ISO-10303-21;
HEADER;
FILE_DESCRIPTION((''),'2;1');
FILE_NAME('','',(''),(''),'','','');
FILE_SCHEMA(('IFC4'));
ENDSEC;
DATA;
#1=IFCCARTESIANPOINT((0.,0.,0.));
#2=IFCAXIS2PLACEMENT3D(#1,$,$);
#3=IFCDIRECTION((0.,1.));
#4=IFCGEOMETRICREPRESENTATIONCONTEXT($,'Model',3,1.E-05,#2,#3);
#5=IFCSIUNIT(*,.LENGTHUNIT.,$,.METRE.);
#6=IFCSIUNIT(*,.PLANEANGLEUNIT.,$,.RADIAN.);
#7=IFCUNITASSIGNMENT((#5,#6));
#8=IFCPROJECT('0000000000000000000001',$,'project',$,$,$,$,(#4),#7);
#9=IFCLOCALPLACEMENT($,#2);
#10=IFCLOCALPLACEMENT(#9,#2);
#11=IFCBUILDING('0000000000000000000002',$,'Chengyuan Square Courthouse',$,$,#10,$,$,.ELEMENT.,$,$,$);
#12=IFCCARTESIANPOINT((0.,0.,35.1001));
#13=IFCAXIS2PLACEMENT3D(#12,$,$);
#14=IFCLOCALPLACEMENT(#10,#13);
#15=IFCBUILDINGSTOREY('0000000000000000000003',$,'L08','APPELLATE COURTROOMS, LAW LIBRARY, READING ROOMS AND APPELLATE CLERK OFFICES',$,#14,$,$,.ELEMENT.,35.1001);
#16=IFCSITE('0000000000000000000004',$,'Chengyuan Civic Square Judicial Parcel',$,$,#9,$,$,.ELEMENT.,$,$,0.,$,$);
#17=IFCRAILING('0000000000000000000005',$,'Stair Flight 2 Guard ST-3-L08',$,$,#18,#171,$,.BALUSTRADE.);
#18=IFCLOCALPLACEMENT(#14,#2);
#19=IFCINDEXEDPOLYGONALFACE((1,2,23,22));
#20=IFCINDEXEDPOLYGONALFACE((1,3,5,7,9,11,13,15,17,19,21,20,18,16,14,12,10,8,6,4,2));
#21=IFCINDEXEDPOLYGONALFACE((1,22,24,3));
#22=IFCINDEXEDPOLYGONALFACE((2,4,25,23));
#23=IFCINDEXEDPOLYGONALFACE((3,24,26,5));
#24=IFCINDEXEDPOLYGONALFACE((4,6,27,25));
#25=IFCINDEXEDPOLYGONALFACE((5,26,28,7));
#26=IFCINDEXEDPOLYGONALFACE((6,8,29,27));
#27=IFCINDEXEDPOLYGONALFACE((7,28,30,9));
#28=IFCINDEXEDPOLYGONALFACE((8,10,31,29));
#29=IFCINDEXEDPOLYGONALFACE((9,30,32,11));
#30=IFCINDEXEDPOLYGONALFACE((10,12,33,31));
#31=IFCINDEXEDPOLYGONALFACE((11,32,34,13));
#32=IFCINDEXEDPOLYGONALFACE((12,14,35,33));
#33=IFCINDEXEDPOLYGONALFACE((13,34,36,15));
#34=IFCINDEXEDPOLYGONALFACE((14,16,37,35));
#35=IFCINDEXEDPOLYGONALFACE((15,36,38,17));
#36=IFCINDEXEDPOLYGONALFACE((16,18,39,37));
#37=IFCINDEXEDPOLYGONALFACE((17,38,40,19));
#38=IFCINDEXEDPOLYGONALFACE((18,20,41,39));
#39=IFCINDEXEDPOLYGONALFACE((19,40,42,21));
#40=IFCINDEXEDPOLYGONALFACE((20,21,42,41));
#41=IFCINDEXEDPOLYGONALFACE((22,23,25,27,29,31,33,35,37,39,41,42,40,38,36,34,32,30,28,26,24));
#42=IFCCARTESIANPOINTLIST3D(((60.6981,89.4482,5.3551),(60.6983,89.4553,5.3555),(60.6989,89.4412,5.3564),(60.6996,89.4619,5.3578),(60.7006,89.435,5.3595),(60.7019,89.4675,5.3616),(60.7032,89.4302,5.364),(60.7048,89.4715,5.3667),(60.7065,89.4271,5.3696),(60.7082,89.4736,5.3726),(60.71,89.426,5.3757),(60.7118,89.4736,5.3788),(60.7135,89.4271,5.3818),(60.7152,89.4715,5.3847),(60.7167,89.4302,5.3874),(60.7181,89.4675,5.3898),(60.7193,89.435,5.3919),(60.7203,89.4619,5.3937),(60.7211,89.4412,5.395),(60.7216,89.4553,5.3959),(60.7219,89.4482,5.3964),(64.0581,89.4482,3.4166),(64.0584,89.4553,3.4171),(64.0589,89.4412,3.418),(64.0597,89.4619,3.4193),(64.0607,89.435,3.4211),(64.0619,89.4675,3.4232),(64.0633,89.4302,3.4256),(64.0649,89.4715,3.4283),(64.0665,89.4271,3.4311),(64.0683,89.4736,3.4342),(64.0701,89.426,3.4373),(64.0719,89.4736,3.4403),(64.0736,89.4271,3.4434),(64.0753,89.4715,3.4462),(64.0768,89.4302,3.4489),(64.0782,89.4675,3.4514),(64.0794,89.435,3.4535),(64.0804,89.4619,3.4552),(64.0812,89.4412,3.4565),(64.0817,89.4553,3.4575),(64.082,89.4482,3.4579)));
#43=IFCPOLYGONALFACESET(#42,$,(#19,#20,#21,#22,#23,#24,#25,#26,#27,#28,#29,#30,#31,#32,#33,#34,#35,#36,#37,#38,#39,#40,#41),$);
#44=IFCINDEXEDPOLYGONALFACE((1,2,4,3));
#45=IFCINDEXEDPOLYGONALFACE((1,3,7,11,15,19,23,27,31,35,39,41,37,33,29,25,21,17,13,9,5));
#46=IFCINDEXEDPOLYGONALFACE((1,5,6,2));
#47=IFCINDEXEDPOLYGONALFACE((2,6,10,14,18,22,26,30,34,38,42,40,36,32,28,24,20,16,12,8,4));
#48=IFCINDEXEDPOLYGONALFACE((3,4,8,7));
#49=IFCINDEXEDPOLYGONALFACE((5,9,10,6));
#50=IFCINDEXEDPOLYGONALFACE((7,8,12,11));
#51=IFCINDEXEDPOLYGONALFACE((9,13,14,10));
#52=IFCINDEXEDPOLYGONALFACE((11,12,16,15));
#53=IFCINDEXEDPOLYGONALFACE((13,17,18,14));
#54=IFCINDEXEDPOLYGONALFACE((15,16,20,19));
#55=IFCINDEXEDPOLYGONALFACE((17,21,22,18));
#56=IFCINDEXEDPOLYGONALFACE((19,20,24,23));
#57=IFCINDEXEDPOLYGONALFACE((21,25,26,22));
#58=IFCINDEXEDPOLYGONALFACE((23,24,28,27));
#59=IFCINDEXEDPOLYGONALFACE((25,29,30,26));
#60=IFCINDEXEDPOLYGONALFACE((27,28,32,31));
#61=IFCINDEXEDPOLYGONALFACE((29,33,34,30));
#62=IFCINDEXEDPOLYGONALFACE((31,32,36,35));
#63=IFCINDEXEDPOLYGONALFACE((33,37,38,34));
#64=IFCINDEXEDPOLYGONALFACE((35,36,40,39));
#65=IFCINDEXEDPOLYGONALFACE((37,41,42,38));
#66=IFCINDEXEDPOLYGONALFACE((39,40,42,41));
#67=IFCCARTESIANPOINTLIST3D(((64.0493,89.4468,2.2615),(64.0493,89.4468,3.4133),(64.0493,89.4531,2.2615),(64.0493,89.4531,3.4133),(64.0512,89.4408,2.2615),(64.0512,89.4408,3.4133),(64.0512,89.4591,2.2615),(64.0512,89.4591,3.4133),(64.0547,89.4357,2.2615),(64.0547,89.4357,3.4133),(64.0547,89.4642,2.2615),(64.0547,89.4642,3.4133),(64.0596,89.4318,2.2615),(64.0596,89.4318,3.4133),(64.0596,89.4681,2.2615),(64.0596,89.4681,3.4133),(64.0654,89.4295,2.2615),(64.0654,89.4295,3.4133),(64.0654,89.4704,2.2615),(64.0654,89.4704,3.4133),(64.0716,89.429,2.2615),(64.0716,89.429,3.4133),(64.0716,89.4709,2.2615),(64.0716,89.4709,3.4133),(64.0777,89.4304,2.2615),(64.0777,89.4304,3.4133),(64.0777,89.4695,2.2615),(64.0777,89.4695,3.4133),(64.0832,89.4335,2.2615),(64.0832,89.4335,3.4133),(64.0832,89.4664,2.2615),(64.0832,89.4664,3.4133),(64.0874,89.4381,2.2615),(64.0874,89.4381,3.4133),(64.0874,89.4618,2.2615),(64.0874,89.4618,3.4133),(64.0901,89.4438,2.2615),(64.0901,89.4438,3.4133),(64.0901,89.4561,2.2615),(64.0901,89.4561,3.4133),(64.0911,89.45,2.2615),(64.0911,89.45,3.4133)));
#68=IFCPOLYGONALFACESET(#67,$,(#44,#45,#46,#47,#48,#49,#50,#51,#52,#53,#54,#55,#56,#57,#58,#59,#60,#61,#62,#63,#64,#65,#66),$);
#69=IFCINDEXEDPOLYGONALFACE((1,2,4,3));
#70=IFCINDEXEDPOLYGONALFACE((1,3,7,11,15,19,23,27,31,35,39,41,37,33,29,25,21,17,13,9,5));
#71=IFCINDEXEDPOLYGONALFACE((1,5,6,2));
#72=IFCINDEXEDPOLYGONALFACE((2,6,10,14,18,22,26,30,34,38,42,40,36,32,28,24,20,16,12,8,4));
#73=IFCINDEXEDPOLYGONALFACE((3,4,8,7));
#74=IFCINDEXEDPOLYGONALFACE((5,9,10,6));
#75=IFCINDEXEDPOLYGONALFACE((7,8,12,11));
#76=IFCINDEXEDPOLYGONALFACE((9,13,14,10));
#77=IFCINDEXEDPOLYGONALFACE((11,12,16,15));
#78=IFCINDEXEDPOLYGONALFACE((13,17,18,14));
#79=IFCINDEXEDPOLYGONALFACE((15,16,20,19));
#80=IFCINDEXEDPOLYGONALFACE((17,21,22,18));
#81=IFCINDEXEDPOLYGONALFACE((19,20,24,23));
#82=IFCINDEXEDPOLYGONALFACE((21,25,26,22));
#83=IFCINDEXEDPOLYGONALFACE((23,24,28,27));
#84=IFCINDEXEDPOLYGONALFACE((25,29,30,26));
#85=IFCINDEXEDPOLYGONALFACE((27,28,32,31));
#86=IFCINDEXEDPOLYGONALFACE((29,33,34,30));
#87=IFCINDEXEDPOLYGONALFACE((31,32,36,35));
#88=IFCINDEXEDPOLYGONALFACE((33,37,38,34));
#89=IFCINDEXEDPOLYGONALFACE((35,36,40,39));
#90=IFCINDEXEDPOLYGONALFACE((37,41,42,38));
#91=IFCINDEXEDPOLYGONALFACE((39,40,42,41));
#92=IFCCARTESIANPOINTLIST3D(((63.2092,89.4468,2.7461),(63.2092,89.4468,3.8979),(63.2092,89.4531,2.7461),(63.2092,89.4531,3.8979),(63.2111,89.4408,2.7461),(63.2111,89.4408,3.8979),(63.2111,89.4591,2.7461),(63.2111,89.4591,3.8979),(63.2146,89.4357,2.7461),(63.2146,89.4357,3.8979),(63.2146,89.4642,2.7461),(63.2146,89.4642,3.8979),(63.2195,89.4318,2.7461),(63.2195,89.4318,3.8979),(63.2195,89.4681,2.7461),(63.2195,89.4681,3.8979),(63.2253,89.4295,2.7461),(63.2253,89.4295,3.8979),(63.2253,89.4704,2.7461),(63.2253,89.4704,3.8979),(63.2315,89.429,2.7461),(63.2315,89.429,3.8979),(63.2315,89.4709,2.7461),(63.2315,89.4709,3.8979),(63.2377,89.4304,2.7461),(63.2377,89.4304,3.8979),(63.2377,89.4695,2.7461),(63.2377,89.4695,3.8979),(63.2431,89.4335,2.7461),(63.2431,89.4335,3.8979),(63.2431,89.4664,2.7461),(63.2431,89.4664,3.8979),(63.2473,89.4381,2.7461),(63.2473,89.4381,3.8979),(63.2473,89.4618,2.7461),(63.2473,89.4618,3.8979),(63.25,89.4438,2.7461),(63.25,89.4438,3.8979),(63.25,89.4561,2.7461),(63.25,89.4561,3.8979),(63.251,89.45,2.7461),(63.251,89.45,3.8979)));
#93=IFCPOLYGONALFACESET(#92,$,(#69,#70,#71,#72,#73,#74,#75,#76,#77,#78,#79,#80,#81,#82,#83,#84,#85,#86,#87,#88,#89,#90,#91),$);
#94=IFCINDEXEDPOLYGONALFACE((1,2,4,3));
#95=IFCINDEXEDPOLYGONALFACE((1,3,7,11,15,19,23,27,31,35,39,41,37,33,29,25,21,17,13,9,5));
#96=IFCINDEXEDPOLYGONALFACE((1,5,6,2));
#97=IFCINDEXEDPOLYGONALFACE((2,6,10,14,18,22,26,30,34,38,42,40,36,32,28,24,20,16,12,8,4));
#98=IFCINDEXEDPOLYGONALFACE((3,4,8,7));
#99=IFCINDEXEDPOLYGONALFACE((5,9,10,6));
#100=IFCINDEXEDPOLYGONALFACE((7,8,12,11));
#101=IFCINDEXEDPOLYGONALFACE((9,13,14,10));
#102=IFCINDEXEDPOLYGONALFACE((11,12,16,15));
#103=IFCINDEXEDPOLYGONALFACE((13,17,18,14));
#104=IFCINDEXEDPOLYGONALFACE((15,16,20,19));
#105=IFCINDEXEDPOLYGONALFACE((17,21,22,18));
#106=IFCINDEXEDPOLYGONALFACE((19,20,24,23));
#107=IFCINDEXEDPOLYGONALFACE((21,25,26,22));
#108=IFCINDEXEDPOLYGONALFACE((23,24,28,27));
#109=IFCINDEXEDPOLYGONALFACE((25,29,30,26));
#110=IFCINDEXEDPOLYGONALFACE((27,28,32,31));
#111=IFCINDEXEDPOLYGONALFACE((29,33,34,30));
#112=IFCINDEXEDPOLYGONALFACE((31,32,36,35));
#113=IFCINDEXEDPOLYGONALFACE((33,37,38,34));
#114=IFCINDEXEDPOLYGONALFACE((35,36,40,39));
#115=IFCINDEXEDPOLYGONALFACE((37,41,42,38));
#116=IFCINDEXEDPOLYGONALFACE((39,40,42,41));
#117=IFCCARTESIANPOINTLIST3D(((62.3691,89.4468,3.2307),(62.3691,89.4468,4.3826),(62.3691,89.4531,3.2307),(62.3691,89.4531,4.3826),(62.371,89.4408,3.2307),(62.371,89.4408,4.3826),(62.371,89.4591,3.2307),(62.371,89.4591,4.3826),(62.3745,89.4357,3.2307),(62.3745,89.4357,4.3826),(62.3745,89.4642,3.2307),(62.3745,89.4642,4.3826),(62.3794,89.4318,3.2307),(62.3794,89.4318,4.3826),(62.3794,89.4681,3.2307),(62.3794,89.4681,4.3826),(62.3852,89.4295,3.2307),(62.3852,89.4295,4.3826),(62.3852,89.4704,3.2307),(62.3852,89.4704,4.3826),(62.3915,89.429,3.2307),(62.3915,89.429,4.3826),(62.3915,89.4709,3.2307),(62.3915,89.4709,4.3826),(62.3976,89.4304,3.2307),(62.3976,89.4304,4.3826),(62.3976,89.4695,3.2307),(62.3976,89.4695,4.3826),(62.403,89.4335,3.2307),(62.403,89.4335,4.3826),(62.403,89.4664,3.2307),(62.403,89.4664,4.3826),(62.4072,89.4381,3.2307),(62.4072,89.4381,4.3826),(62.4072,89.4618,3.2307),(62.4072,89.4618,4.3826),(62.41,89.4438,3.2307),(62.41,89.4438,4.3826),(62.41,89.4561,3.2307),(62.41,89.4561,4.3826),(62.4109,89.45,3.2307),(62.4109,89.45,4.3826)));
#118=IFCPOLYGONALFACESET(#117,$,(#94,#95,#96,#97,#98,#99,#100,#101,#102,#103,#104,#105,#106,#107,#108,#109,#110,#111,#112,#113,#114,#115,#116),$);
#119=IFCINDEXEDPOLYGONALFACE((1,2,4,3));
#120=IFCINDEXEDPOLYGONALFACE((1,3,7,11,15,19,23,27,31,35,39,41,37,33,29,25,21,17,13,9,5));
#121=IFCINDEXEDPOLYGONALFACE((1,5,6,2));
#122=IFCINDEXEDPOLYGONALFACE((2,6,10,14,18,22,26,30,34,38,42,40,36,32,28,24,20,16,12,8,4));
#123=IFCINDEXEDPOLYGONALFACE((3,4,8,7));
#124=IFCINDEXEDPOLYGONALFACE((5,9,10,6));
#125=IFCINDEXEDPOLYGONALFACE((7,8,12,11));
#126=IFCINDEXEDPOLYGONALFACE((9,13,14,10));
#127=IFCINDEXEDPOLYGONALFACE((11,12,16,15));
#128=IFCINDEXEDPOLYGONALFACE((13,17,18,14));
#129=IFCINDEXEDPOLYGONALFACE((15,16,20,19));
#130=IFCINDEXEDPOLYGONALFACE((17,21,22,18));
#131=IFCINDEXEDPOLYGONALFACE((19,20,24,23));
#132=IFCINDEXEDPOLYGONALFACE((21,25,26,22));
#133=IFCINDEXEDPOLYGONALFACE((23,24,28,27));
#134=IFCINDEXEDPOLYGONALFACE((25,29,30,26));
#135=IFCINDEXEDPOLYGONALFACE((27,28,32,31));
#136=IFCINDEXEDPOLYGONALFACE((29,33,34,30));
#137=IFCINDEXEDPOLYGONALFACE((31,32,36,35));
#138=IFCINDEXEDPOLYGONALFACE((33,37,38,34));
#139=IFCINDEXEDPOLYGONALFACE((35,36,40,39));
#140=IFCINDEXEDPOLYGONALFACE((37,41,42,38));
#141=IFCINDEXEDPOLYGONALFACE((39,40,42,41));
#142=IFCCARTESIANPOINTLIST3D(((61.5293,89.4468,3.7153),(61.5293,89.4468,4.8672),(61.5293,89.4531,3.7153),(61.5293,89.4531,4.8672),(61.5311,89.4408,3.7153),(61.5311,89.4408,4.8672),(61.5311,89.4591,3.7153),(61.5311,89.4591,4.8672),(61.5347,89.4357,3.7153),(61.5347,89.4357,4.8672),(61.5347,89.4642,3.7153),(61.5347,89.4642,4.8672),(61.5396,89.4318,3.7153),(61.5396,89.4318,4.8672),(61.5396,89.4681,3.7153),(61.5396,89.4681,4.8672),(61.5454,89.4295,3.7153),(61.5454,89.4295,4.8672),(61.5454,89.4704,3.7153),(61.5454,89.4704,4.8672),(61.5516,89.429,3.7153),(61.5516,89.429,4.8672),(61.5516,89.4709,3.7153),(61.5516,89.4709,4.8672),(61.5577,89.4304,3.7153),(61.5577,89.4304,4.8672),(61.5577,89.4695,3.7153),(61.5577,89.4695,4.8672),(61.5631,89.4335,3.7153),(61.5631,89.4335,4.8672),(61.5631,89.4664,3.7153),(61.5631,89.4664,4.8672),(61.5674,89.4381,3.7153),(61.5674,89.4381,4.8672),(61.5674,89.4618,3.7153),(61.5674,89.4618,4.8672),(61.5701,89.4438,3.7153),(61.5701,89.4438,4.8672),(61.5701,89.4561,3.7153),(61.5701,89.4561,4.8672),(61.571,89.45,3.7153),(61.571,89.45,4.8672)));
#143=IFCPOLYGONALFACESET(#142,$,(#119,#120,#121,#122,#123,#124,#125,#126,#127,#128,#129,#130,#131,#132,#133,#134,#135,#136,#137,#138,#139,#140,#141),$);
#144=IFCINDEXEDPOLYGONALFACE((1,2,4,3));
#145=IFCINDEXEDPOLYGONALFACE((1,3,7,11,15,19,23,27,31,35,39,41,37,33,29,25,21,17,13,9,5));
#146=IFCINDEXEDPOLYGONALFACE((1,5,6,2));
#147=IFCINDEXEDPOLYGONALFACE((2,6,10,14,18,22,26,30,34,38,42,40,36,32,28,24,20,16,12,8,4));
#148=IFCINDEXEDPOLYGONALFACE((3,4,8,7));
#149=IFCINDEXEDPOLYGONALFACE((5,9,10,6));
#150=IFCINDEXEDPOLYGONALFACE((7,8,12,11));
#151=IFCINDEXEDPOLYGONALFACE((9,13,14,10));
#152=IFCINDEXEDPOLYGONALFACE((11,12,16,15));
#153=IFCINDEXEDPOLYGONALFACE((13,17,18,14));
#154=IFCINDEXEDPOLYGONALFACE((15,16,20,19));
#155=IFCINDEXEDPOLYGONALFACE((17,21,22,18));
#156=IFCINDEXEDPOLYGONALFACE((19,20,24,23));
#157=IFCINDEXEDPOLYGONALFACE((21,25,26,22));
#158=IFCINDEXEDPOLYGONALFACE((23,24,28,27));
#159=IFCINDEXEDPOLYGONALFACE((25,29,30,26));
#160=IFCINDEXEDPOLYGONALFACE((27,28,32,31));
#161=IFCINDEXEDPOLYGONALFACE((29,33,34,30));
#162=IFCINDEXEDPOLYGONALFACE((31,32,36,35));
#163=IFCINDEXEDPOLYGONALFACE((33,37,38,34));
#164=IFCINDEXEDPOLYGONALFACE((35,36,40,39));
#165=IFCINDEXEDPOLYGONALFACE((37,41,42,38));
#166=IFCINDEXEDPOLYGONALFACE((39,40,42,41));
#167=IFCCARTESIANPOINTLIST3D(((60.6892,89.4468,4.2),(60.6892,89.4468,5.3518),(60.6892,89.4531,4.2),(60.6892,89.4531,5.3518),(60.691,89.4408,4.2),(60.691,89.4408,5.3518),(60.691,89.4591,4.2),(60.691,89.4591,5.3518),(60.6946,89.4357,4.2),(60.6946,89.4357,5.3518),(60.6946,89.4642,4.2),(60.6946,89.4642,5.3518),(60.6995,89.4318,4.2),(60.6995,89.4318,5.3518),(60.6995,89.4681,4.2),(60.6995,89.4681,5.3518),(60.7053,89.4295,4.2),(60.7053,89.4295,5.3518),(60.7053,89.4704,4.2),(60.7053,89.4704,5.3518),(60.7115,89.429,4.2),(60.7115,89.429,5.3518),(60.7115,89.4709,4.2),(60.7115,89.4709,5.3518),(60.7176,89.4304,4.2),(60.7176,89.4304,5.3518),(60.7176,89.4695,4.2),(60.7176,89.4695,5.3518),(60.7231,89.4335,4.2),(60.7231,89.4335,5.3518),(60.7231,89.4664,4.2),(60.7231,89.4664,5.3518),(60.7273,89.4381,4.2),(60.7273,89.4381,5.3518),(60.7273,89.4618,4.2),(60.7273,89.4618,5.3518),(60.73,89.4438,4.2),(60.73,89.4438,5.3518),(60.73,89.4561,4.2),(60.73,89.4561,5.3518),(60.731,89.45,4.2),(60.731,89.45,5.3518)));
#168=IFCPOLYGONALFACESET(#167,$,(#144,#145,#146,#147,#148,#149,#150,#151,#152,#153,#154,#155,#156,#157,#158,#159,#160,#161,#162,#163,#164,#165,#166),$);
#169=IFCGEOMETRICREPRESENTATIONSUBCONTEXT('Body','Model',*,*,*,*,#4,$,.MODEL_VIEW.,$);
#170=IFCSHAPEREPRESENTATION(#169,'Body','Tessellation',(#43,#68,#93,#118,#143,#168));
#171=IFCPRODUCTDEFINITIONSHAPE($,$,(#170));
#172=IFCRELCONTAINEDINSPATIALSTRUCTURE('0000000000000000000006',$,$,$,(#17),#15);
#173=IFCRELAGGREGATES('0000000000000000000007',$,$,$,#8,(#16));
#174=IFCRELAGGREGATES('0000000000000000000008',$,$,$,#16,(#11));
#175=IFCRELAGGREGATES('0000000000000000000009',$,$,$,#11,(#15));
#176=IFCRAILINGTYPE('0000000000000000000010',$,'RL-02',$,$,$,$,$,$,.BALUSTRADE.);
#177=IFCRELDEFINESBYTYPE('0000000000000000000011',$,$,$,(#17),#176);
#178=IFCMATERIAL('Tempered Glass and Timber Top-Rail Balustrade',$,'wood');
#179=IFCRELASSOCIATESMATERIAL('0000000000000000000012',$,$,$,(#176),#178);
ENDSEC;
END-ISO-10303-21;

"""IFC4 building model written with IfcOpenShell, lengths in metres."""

from ifc_helpers import new_model, si_unit, direction, frame, origin, origin_2d, place, context, subcontext, project, spatial, circle, extrude, material, type_object, element, save


model = new_model("IFC4")

# Units and contexts
model_context = context("Model", 3, precision=1e-05, world=origin(), true_north=direction((0.0, 1.0)))
body_context = subcontext(model_context, "Body", "Model", "MODEL_VIEW")
ifc_project = project(units=[si_unit("LENGTHUNIT", "METRE"), si_unit("PLANEANGLEUNIT", "RADIAN")], contexts=[model_context])

# Site, building, storey
site_placement = place(None, origin())
site = spatial("IfcSite", under=ifc_project, at=site_placement, Name="Chengyuan Civic Square Judicial Parcel", CompositionType="ELEMENT", RefElevation=0.0)
building_placement = place(site_placement, origin())
building = spatial("IfcBuilding", under=site, at=building_placement, Name="Chengyuan Square Courthouse", CompositionType="ELEMENT")
storey_placement = place(building_placement, frame((0.0, 0.0, 35.1001)))
storey = spatial("IfcBuildingStorey", under=building, at=storey_placement, Name="L08", Description="APPELLATE COURTROOMS, LAW LIBRARY, READING ROOMS AND APPELLATE CLERK OFFICES", CompositionType="ELEMENT", Elevation=35.1001)

# Railing
ifc_material_1 = material(Name="Tempered Glass and Timber Top-Rail Balustrade", Category="wood")
railing_type_1 = type_object("IfcRailingType", Name="RL-02", PredefinedType="BALUSTRADE", material=ifc_material_1)
railing_1_placement = place(storey_placement, frame((64.0701, 89.45, 2.2615)))
element("IfcRailing", 1, at=railing_1_placement, inside=storey, type_object=railing_type_1, Name="Stair Flight 2 Guard ST-3-L08", PredefinedType="BALUSTRADE", context=body_context, shape_type="SweptSolid", body=[
    extrude(circle(Radius=0.0239, at=origin_2d()), frame((0.0, 0.0, 1.1758), z_axis=(-0.866191, 0.0, 0.499713), x_axis=(0.0, -1.0, 0.0)), (0.0, 0.0, 1.0), 3.8792),
    extrude(circle(Radius=0.021, at=origin_2d()), origin(), (0.0, 0.0, 1.0), 1.1519),
    extrude(circle(Radius=0.021, at=origin_2d()), frame((-0.8401, 0.0, 0.4846)), (0.0, 0.0, 1.0), 1.1519),
    extrude(circle(Radius=0.021, at=origin_2d()), frame((-1.6802, 0.0, 0.9692)), (0.0, 0.0, 1.0), 1.1519),
    extrude(circle(Radius=0.021, at=origin_2d()), frame((-2.52, 0.0, 1.4539)), (0.0, 0.0, 1.0), 1.1519),
    extrude(circle(Radius=0.021, at=origin_2d()), frame((-3.3601, 0.0, 1.9385)), (0.0, 0.0, 1.0), 1.1519),
])

save(model, "model.ifc")
